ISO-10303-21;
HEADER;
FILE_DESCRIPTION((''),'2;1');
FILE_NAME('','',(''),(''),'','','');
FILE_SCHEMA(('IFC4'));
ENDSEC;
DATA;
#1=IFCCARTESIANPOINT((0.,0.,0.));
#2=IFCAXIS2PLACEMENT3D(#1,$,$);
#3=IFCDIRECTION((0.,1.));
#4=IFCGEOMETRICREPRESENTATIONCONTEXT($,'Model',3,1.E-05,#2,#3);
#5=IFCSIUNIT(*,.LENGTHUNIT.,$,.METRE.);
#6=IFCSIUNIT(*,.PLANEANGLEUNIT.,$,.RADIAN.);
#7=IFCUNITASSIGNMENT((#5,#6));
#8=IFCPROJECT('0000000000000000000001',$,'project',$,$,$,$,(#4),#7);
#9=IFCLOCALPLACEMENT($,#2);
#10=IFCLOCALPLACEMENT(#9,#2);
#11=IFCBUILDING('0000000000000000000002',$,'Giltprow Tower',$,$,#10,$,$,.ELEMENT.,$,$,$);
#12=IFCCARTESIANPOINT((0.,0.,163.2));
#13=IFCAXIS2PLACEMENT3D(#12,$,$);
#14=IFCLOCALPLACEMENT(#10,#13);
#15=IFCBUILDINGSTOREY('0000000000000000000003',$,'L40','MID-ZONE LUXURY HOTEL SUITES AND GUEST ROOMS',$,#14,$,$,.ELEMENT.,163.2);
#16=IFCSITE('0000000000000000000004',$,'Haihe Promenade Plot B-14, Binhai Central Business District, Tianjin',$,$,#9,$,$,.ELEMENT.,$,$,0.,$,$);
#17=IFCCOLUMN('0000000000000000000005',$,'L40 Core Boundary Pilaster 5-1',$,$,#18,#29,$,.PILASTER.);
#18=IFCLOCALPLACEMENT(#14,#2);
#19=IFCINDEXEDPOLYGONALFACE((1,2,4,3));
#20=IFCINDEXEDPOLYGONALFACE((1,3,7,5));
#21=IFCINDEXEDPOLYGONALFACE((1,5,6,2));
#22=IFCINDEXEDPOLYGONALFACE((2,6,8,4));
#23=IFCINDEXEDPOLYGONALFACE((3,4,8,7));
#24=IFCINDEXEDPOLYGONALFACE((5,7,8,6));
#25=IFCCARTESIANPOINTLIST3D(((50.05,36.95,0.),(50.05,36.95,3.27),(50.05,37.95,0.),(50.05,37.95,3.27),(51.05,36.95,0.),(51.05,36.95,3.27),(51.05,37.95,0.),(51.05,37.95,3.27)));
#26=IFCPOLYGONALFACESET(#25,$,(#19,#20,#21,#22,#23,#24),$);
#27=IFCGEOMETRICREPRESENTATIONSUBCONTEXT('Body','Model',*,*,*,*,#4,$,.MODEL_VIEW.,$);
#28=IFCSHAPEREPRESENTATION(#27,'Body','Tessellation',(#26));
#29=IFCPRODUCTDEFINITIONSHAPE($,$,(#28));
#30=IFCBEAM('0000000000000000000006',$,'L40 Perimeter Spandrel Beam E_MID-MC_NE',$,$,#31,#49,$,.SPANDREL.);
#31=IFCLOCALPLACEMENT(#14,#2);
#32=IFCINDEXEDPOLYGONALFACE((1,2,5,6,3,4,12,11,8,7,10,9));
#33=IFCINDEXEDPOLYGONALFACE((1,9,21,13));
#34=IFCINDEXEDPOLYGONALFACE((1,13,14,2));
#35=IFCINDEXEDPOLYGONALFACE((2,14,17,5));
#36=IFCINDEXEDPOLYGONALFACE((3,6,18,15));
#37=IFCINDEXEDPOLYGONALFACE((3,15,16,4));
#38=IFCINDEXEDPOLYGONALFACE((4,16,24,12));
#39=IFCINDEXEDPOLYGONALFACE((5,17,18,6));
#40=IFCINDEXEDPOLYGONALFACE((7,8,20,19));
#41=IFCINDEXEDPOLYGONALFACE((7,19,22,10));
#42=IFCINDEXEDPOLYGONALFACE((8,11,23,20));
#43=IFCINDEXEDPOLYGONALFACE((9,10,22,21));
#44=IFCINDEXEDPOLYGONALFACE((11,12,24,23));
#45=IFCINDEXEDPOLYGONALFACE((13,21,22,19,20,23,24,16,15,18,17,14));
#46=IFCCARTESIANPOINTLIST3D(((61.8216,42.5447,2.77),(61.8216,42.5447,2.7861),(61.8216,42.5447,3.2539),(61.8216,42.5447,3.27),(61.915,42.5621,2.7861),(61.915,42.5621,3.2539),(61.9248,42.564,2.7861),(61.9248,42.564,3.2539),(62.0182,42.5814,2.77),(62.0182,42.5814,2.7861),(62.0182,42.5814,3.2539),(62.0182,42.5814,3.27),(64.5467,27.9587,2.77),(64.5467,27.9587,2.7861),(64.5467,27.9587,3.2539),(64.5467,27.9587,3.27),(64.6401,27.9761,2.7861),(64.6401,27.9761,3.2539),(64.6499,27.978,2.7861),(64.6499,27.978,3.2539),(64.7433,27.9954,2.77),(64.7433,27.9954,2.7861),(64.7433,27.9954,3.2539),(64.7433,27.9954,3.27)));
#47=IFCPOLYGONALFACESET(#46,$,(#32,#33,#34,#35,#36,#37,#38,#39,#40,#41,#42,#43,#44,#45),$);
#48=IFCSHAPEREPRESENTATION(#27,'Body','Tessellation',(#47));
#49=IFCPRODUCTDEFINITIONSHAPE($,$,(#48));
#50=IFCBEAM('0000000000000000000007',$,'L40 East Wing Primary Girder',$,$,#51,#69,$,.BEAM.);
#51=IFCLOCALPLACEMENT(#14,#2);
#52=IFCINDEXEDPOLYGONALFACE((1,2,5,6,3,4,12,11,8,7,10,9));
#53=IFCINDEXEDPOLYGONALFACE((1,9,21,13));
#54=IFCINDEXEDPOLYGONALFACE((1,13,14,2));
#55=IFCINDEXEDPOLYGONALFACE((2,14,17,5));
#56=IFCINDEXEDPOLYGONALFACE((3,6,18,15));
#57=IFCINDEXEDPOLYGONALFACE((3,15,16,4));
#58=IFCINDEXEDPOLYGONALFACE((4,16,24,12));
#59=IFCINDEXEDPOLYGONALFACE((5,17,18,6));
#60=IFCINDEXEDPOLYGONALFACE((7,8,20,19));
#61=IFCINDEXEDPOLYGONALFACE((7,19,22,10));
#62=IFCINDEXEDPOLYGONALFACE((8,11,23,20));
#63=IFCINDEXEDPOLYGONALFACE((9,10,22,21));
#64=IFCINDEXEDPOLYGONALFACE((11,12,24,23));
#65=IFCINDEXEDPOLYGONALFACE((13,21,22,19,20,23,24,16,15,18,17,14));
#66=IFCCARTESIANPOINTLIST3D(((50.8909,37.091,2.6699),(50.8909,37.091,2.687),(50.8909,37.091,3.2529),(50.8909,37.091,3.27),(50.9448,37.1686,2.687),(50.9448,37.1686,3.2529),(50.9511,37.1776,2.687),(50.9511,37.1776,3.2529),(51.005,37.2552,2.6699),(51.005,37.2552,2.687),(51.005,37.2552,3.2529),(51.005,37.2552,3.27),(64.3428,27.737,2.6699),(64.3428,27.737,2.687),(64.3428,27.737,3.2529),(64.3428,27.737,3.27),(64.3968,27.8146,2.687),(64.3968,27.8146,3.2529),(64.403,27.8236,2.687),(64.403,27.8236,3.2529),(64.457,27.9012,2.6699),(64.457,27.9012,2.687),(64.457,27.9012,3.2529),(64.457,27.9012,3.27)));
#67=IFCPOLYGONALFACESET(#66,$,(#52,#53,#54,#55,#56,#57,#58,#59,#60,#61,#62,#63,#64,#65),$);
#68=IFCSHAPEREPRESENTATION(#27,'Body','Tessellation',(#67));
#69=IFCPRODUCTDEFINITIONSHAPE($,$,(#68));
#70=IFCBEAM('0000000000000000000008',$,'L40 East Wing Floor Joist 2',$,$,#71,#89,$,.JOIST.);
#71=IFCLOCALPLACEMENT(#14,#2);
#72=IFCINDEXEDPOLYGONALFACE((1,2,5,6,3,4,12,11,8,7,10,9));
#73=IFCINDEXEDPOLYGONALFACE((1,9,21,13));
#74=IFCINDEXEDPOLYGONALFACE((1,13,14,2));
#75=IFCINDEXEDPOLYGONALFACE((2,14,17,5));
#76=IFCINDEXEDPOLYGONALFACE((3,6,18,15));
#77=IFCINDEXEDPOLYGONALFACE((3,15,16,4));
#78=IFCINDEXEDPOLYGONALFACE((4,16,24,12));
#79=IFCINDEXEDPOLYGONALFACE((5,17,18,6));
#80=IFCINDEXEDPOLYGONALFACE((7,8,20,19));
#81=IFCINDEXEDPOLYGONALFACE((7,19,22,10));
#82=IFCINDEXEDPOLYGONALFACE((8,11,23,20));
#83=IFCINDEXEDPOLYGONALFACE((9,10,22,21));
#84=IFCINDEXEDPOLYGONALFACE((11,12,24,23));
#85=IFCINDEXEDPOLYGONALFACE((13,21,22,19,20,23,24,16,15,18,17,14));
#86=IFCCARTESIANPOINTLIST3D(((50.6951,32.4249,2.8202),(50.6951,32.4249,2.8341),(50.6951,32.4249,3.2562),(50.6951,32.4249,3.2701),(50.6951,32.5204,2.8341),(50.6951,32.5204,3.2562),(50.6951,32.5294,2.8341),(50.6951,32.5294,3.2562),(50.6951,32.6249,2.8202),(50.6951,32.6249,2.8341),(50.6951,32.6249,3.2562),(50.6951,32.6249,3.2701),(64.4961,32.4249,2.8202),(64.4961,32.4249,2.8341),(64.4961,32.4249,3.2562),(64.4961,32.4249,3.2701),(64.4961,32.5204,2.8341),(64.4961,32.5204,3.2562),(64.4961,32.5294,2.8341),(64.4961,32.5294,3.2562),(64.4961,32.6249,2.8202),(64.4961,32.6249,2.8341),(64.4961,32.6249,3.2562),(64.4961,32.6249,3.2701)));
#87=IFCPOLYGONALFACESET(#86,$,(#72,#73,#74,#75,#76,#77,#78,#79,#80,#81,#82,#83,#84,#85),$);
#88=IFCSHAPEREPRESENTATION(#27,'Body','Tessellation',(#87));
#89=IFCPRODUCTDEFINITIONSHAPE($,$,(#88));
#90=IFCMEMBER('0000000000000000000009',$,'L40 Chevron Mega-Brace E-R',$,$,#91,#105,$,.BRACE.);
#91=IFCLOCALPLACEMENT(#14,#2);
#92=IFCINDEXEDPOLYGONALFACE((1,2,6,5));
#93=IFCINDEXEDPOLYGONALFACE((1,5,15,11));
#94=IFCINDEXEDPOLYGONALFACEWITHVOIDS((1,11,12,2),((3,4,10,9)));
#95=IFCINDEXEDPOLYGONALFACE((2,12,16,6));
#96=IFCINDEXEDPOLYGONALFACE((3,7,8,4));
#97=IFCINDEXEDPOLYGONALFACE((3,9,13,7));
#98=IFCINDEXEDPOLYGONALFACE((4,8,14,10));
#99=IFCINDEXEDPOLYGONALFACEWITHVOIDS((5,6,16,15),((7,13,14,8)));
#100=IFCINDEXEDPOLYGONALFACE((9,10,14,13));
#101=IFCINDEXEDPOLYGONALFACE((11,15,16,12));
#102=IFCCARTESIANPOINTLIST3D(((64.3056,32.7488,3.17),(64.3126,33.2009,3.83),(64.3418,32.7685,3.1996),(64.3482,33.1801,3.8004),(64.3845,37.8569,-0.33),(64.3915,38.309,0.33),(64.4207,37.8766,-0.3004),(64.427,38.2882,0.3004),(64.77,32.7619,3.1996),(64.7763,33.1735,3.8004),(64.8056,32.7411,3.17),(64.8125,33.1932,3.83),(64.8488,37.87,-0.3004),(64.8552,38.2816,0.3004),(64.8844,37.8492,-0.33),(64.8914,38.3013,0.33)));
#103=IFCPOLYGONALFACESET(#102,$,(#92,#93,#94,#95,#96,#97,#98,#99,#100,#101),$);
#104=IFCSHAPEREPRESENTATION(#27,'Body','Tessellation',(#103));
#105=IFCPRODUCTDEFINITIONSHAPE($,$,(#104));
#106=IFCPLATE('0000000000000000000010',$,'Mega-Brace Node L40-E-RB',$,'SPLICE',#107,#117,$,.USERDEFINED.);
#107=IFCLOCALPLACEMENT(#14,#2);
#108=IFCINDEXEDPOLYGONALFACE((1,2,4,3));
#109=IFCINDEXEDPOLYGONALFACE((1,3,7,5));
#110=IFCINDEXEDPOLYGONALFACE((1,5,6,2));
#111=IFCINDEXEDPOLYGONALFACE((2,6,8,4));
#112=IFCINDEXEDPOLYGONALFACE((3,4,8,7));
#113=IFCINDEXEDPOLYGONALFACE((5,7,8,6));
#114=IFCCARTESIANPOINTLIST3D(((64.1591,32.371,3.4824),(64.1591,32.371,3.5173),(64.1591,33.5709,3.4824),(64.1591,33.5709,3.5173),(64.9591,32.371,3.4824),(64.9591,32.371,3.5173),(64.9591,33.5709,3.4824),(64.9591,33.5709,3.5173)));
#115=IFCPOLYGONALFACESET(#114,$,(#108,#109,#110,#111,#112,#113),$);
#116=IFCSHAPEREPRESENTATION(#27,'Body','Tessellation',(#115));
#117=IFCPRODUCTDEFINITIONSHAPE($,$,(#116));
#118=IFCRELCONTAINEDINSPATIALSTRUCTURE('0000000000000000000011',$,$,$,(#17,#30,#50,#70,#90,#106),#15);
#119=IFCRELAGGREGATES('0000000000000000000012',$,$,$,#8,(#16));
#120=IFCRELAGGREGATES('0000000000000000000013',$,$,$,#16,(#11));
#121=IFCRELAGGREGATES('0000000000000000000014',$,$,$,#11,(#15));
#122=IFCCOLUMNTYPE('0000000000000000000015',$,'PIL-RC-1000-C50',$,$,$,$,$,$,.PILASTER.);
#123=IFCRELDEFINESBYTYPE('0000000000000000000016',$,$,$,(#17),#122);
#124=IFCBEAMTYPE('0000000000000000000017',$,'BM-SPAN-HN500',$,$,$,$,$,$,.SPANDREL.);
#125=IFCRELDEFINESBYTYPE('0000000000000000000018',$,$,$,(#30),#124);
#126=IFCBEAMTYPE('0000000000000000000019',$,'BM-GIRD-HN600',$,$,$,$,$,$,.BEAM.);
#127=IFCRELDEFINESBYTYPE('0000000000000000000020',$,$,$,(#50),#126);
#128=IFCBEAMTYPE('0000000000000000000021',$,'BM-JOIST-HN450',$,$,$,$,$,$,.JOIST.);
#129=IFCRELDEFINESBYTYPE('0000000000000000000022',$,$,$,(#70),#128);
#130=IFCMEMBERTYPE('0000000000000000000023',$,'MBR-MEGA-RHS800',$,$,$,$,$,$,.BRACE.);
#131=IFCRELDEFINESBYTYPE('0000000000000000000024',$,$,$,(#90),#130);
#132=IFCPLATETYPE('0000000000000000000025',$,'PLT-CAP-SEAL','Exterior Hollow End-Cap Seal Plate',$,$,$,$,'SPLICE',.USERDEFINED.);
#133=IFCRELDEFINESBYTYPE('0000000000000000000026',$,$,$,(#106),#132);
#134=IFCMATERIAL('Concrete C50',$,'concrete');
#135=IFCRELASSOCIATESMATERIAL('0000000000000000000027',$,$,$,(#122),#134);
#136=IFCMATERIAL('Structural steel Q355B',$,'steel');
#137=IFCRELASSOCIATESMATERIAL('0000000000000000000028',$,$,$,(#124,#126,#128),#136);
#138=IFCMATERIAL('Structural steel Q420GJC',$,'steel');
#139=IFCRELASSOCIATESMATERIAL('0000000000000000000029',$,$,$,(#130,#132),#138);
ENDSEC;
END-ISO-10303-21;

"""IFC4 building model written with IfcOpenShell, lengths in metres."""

from ifc_helpers import new_model, si_unit, direction, frame, origin, origin_2d, place, context, subcontext, project, spatial, rectangle, hollow_rectangle, i_section, extrude, source, transform, mapped, material, material_profile, profile_set, type_object, element, save


model = new_model("IFC4")

# Units and contexts
model_context = context("Model", 3, precision=1e-05, world=origin(), true_north=direction((0.0, 1.0)))
body_context = subcontext(model_context, "Body", "Model", "MODEL_VIEW")
ifc_project = project(units=[si_unit("LENGTHUNIT", "METRE"), si_unit("PLANEANGLEUNIT", "RADIAN")], contexts=[model_context])

# Site, building, storey
site_placement = place(None, origin())
site = spatial("IfcSite", under=ifc_project, at=site_placement, Name="Haihe Promenade Plot B-14, Binhai Central Business District, Tianjin", CompositionType="ELEMENT", RefElevation=0.0)
building_placement = place(site_placement, origin())
building = spatial("IfcBuilding", under=site, at=building_placement, Name="Giltprow Tower", CompositionType="ELEMENT")
storey_placement = place(building_placement, frame((0.0, 0.0, 163.2)))
storey = spatial("IfcBuildingStorey", under=building, at=storey_placement, Name="L40", Description="MID-ZONE LUXURY HOTEL SUITES AND GUEST ROOMS", CompositionType="ELEMENT", Elevation=163.2)

# Column
ifc_material_1 = material(Name="Concrete C50", Category="concrete")
ifc_material_profile_1 = material_profile(ifc_material_1, rectangle(XDim=1.0, YDim=1.0, at=origin_2d()), Name="RC 1000x1000")
ifc_profile_set_1 = profile_set([ifc_material_profile_1], Name="Concrete C50")
column_type = type_object("IfcColumnType", Name="PIL-RC-1000-C50", PredefinedType="PILASTER", material=ifc_profile_set_1)
shared_shape_1 = source(origin(), body_context, "Body", "SweptSolid", [
    extrude(rectangle(XDim=1.0, YDim=1.0, at=origin_2d()), origin(), (0.0, 0.0, 1.0), 3.27),
])
column_placement = place(storey_placement, frame((50.55, 37.45, 0.0), z_axis=(0.0, 0.0, 1.0), x_axis=(1.0, 0.0, 0.0)))
element("IfcColumn", 1, at=column_placement, inside=storey, type_object=column_type, Name="L40 Core Boundary Pilaster 5-1", PredefinedType="PILASTER", context=body_context, shape_type="MappedRepresentation", body=[
    mapped(shared_shape_1, transform((0.0, 0.0, 0.0), x_axis=(1.0, 0.0, 0.0), y_axis=(0.0, 1.0, 0.0), z_axis=(0.0, 0.0, 1.0), scale=1.0)),
])

# Beams
ifc_material_2 = material(Name="Structural steel Q355B", Category="steel")
ifc_material_profile_2 = material_profile(ifc_material_2, i_section(OverallWidth=0.2, OverallDepth=0.5, WebThickness=0.01, FlangeThickness=0.0161, at=origin_2d()), Name="HN 500x200x10x16")
ifc_profile_set_2 = profile_set([ifc_material_profile_2], Name="Structural steel Q355B")
beam_type_1 = type_object("IfcBeamType", Name="BM-SPAN-HN500", PredefinedType="SPANDREL", material=ifc_profile_set_2)
shared_shape_2 = source(origin(), body_context, "Body", "SweptSolid", [
    extrude(i_section(OverallWidth=0.2, OverallDepth=0.5, WebThickness=0.01, FlangeThickness=0.0161, at=origin_2d()), origin(), (0.0, 0.0, 1.0), 14.8384),
])
beam_1_placement = place(storey_placement, frame((64.645, 27.9771, 3.02), z_axis=(-0.183653, 0.982991, 0.0), x_axis=(-0.982991, -0.183653, 0.0)))
element("IfcBeam", 2, at=beam_1_placement, inside=storey, type_object=beam_type_1, Name="L40 Perimeter Spandrel Beam E_MID-MC_NE", PredefinedType="SPANDREL", context=body_context, shape_type="MappedRepresentation", body=[
    mapped(shared_shape_2, transform((0.0, 0.0, 0.0), x_axis=(1.0, 0.0, 0.0), y_axis=(0.0, 1.0, 0.0), z_axis=(0.0, 0.0, 1.0), scale=1.0)),
])
ifc_material_profile_3 = material_profile(ifc_material_2, i_section(OverallWidth=0.2, OverallDepth=0.6001, WebThickness=0.011, FlangeThickness=0.0171, at=origin_2d()), Name="HN 600x200x11x17")
ifc_profile_set_3 = profile_set([ifc_material_profile_3], Name="Structural steel Q355B")
beam_type_2 = type_object("IfcBeamType", Name="BM-GIRD-HN600", PredefinedType="BEAM", material=ifc_profile_set_3)
shared_shape_3 = source(origin(), body_context, "Body", "SweptSolid", [
    extrude(i_section(OverallWidth=0.2, OverallDepth=0.6001, WebThickness=0.011, FlangeThickness=0.0171, at=origin_2d()), origin(), (0.0, 0.0, 1.0), 16.3845),
])
beam_2_placement = place(storey_placement, frame((64.3999, 27.8191, 2.97), z_axis=(-0.821015, 0.570906, 0.0), x_axis=(-0.570906, -0.821015, 0.0)))
element("IfcBeam", 3, at=beam_2_placement, inside=storey, type_object=beam_type_2, Name="L40 East Wing Primary Girder", PredefinedType="BEAM", context=body_context, shape_type="MappedRepresentation", body=[
    mapped(shared_shape_3, transform((0.0, 0.0, 0.0), x_axis=(1.0, 0.0, 0.0), y_axis=(0.0, 1.0, 0.0), z_axis=(0.0, 0.0, 1.0), scale=1.0)),
])
ifc_material_profile_4 = material_profile(ifc_material_2, i_section(OverallWidth=0.2, OverallDepth=0.45, WebThickness=0.009, FlangeThickness=0.0139, at=origin_2d()), Name="HN 450x200x9x14")
ifc_profile_set_4 = profile_set([ifc_material_profile_4], Name="Structural steel Q355B")
beam_type_3 = type_object("IfcBeamType", Name="BM-JOIST-HN450", PredefinedType="JOIST", material=ifc_profile_set_4)
shared_shape_4 = source(origin(), body_context, "Body", "SweptSolid", [
    extrude(i_section(OverallWidth=0.2, OverallDepth=0.45, WebThickness=0.009, FlangeThickness=0.0139, at=origin_2d()), origin(), (0.0, 0.0, 1.0), 13.801),
])
beam_3_placement = place(storey_placement, frame((50.6951, 32.5249, 3.0452), z_axis=(1.0, 0.0, 0.0), x_axis=(0.0, 1.0, 0.0)))
element("IfcBeam", 4, at=beam_3_placement, inside=storey, type_object=beam_type_3, Name="L40 East Wing Floor Joist 2", PredefinedType="JOIST", context=body_context, shape_type="MappedRepresentation", body=[
    mapped(shared_shape_4, transform((0.0, 0.0, 0.0), x_axis=(1.0, 0.0, 0.0), y_axis=(0.0, 1.0, 0.0), z_axis=(0.0, 0.0, 1.0), scale=1.0)),
])

# Member
ifc_material_3 = material(Name="Structural steel Q420GJC", Category="steel")
ifc_material_profile_5 = material_profile(ifc_material_3, hollow_rectangle(XDim=0.5, YDim=0.8, WallThickness=0.0359, at=origin_2d()), Name="RHS 800x500x36")
ifc_profile_set_5 = profile_set([ifc_material_profile_5], Name="Structural steel Q420GJC")
member_type = type_object("IfcMemberType", Name="MBR-MEGA-RHS800", PredefinedType="BRACE", material=ifc_profile_set_5)
shared_shape_5 = source(origin(), body_context, "Body", "SweptSolid", [
    extrude(hollow_rectangle(XDim=0.5, YDim=0.8, WallThickness=0.0359, at=origin_2d()), origin(), (0.0, 0.0, 1.0), 6.1926),
])
member_placement = place(storey_placement, frame((64.6379, 38.0791, 0.0), z_axis=(-0.012734, -0.824868, 0.565182), x_axis=(0.999881, -0.015436, 0.0)))
element("IfcMember", 5, at=member_placement, inside=storey, type_object=member_type, Name="L40 Chevron Mega-Brace E-R", PredefinedType="BRACE", context=body_context, shape_type="MappedRepresentation", body=[
    mapped(shared_shape_5, transform((0.0, 0.0, 0.0), x_axis=(1.0, 0.0, 0.0), y_axis=(0.0, 1.0, 0.0), z_axis=(0.0, 0.0, 1.0), scale=1.0)),
])

# Plate
plate_type = type_object("IfcPlateType", Name="PLT-CAP-SEAL", Description="Exterior Hollow End-Cap Seal Plate", ElementType="SPLICE", PredefinedType="USERDEFINED", material=ifc_material_3)
shared_shape_6 = source(origin(), body_context, "Body", "SweptSolid", [
    extrude(rectangle(XDim=1.2, YDim=0.8, at=origin_2d()), origin(), (0.0, 0.0, 1.0), 0.0349),
])
plate_placement = place(storey_placement, frame((64.5591, 32.9709, 3.4824), z_axis=(0.0, 0.0, 1.0), x_axis=(0.0, 1.0, 0.0)))
element("IfcPlate", 6, at=plate_placement, inside=storey, type_object=plate_type, Name="Mega-Brace Node L40-E-RB", ObjectType="SPLICE", PredefinedType="USERDEFINED", context=body_context, shape_type="MappedRepresentation", body=[
    mapped(shared_shape_6, transform((0.0, 0.0, 0.0), x_axis=(1.0, 0.0, 0.0), y_axis=(0.0, 1.0, 0.0), z_axis=(0.0, 0.0, 1.0), scale=1.0)),
])

save(model, "model.ifc")
